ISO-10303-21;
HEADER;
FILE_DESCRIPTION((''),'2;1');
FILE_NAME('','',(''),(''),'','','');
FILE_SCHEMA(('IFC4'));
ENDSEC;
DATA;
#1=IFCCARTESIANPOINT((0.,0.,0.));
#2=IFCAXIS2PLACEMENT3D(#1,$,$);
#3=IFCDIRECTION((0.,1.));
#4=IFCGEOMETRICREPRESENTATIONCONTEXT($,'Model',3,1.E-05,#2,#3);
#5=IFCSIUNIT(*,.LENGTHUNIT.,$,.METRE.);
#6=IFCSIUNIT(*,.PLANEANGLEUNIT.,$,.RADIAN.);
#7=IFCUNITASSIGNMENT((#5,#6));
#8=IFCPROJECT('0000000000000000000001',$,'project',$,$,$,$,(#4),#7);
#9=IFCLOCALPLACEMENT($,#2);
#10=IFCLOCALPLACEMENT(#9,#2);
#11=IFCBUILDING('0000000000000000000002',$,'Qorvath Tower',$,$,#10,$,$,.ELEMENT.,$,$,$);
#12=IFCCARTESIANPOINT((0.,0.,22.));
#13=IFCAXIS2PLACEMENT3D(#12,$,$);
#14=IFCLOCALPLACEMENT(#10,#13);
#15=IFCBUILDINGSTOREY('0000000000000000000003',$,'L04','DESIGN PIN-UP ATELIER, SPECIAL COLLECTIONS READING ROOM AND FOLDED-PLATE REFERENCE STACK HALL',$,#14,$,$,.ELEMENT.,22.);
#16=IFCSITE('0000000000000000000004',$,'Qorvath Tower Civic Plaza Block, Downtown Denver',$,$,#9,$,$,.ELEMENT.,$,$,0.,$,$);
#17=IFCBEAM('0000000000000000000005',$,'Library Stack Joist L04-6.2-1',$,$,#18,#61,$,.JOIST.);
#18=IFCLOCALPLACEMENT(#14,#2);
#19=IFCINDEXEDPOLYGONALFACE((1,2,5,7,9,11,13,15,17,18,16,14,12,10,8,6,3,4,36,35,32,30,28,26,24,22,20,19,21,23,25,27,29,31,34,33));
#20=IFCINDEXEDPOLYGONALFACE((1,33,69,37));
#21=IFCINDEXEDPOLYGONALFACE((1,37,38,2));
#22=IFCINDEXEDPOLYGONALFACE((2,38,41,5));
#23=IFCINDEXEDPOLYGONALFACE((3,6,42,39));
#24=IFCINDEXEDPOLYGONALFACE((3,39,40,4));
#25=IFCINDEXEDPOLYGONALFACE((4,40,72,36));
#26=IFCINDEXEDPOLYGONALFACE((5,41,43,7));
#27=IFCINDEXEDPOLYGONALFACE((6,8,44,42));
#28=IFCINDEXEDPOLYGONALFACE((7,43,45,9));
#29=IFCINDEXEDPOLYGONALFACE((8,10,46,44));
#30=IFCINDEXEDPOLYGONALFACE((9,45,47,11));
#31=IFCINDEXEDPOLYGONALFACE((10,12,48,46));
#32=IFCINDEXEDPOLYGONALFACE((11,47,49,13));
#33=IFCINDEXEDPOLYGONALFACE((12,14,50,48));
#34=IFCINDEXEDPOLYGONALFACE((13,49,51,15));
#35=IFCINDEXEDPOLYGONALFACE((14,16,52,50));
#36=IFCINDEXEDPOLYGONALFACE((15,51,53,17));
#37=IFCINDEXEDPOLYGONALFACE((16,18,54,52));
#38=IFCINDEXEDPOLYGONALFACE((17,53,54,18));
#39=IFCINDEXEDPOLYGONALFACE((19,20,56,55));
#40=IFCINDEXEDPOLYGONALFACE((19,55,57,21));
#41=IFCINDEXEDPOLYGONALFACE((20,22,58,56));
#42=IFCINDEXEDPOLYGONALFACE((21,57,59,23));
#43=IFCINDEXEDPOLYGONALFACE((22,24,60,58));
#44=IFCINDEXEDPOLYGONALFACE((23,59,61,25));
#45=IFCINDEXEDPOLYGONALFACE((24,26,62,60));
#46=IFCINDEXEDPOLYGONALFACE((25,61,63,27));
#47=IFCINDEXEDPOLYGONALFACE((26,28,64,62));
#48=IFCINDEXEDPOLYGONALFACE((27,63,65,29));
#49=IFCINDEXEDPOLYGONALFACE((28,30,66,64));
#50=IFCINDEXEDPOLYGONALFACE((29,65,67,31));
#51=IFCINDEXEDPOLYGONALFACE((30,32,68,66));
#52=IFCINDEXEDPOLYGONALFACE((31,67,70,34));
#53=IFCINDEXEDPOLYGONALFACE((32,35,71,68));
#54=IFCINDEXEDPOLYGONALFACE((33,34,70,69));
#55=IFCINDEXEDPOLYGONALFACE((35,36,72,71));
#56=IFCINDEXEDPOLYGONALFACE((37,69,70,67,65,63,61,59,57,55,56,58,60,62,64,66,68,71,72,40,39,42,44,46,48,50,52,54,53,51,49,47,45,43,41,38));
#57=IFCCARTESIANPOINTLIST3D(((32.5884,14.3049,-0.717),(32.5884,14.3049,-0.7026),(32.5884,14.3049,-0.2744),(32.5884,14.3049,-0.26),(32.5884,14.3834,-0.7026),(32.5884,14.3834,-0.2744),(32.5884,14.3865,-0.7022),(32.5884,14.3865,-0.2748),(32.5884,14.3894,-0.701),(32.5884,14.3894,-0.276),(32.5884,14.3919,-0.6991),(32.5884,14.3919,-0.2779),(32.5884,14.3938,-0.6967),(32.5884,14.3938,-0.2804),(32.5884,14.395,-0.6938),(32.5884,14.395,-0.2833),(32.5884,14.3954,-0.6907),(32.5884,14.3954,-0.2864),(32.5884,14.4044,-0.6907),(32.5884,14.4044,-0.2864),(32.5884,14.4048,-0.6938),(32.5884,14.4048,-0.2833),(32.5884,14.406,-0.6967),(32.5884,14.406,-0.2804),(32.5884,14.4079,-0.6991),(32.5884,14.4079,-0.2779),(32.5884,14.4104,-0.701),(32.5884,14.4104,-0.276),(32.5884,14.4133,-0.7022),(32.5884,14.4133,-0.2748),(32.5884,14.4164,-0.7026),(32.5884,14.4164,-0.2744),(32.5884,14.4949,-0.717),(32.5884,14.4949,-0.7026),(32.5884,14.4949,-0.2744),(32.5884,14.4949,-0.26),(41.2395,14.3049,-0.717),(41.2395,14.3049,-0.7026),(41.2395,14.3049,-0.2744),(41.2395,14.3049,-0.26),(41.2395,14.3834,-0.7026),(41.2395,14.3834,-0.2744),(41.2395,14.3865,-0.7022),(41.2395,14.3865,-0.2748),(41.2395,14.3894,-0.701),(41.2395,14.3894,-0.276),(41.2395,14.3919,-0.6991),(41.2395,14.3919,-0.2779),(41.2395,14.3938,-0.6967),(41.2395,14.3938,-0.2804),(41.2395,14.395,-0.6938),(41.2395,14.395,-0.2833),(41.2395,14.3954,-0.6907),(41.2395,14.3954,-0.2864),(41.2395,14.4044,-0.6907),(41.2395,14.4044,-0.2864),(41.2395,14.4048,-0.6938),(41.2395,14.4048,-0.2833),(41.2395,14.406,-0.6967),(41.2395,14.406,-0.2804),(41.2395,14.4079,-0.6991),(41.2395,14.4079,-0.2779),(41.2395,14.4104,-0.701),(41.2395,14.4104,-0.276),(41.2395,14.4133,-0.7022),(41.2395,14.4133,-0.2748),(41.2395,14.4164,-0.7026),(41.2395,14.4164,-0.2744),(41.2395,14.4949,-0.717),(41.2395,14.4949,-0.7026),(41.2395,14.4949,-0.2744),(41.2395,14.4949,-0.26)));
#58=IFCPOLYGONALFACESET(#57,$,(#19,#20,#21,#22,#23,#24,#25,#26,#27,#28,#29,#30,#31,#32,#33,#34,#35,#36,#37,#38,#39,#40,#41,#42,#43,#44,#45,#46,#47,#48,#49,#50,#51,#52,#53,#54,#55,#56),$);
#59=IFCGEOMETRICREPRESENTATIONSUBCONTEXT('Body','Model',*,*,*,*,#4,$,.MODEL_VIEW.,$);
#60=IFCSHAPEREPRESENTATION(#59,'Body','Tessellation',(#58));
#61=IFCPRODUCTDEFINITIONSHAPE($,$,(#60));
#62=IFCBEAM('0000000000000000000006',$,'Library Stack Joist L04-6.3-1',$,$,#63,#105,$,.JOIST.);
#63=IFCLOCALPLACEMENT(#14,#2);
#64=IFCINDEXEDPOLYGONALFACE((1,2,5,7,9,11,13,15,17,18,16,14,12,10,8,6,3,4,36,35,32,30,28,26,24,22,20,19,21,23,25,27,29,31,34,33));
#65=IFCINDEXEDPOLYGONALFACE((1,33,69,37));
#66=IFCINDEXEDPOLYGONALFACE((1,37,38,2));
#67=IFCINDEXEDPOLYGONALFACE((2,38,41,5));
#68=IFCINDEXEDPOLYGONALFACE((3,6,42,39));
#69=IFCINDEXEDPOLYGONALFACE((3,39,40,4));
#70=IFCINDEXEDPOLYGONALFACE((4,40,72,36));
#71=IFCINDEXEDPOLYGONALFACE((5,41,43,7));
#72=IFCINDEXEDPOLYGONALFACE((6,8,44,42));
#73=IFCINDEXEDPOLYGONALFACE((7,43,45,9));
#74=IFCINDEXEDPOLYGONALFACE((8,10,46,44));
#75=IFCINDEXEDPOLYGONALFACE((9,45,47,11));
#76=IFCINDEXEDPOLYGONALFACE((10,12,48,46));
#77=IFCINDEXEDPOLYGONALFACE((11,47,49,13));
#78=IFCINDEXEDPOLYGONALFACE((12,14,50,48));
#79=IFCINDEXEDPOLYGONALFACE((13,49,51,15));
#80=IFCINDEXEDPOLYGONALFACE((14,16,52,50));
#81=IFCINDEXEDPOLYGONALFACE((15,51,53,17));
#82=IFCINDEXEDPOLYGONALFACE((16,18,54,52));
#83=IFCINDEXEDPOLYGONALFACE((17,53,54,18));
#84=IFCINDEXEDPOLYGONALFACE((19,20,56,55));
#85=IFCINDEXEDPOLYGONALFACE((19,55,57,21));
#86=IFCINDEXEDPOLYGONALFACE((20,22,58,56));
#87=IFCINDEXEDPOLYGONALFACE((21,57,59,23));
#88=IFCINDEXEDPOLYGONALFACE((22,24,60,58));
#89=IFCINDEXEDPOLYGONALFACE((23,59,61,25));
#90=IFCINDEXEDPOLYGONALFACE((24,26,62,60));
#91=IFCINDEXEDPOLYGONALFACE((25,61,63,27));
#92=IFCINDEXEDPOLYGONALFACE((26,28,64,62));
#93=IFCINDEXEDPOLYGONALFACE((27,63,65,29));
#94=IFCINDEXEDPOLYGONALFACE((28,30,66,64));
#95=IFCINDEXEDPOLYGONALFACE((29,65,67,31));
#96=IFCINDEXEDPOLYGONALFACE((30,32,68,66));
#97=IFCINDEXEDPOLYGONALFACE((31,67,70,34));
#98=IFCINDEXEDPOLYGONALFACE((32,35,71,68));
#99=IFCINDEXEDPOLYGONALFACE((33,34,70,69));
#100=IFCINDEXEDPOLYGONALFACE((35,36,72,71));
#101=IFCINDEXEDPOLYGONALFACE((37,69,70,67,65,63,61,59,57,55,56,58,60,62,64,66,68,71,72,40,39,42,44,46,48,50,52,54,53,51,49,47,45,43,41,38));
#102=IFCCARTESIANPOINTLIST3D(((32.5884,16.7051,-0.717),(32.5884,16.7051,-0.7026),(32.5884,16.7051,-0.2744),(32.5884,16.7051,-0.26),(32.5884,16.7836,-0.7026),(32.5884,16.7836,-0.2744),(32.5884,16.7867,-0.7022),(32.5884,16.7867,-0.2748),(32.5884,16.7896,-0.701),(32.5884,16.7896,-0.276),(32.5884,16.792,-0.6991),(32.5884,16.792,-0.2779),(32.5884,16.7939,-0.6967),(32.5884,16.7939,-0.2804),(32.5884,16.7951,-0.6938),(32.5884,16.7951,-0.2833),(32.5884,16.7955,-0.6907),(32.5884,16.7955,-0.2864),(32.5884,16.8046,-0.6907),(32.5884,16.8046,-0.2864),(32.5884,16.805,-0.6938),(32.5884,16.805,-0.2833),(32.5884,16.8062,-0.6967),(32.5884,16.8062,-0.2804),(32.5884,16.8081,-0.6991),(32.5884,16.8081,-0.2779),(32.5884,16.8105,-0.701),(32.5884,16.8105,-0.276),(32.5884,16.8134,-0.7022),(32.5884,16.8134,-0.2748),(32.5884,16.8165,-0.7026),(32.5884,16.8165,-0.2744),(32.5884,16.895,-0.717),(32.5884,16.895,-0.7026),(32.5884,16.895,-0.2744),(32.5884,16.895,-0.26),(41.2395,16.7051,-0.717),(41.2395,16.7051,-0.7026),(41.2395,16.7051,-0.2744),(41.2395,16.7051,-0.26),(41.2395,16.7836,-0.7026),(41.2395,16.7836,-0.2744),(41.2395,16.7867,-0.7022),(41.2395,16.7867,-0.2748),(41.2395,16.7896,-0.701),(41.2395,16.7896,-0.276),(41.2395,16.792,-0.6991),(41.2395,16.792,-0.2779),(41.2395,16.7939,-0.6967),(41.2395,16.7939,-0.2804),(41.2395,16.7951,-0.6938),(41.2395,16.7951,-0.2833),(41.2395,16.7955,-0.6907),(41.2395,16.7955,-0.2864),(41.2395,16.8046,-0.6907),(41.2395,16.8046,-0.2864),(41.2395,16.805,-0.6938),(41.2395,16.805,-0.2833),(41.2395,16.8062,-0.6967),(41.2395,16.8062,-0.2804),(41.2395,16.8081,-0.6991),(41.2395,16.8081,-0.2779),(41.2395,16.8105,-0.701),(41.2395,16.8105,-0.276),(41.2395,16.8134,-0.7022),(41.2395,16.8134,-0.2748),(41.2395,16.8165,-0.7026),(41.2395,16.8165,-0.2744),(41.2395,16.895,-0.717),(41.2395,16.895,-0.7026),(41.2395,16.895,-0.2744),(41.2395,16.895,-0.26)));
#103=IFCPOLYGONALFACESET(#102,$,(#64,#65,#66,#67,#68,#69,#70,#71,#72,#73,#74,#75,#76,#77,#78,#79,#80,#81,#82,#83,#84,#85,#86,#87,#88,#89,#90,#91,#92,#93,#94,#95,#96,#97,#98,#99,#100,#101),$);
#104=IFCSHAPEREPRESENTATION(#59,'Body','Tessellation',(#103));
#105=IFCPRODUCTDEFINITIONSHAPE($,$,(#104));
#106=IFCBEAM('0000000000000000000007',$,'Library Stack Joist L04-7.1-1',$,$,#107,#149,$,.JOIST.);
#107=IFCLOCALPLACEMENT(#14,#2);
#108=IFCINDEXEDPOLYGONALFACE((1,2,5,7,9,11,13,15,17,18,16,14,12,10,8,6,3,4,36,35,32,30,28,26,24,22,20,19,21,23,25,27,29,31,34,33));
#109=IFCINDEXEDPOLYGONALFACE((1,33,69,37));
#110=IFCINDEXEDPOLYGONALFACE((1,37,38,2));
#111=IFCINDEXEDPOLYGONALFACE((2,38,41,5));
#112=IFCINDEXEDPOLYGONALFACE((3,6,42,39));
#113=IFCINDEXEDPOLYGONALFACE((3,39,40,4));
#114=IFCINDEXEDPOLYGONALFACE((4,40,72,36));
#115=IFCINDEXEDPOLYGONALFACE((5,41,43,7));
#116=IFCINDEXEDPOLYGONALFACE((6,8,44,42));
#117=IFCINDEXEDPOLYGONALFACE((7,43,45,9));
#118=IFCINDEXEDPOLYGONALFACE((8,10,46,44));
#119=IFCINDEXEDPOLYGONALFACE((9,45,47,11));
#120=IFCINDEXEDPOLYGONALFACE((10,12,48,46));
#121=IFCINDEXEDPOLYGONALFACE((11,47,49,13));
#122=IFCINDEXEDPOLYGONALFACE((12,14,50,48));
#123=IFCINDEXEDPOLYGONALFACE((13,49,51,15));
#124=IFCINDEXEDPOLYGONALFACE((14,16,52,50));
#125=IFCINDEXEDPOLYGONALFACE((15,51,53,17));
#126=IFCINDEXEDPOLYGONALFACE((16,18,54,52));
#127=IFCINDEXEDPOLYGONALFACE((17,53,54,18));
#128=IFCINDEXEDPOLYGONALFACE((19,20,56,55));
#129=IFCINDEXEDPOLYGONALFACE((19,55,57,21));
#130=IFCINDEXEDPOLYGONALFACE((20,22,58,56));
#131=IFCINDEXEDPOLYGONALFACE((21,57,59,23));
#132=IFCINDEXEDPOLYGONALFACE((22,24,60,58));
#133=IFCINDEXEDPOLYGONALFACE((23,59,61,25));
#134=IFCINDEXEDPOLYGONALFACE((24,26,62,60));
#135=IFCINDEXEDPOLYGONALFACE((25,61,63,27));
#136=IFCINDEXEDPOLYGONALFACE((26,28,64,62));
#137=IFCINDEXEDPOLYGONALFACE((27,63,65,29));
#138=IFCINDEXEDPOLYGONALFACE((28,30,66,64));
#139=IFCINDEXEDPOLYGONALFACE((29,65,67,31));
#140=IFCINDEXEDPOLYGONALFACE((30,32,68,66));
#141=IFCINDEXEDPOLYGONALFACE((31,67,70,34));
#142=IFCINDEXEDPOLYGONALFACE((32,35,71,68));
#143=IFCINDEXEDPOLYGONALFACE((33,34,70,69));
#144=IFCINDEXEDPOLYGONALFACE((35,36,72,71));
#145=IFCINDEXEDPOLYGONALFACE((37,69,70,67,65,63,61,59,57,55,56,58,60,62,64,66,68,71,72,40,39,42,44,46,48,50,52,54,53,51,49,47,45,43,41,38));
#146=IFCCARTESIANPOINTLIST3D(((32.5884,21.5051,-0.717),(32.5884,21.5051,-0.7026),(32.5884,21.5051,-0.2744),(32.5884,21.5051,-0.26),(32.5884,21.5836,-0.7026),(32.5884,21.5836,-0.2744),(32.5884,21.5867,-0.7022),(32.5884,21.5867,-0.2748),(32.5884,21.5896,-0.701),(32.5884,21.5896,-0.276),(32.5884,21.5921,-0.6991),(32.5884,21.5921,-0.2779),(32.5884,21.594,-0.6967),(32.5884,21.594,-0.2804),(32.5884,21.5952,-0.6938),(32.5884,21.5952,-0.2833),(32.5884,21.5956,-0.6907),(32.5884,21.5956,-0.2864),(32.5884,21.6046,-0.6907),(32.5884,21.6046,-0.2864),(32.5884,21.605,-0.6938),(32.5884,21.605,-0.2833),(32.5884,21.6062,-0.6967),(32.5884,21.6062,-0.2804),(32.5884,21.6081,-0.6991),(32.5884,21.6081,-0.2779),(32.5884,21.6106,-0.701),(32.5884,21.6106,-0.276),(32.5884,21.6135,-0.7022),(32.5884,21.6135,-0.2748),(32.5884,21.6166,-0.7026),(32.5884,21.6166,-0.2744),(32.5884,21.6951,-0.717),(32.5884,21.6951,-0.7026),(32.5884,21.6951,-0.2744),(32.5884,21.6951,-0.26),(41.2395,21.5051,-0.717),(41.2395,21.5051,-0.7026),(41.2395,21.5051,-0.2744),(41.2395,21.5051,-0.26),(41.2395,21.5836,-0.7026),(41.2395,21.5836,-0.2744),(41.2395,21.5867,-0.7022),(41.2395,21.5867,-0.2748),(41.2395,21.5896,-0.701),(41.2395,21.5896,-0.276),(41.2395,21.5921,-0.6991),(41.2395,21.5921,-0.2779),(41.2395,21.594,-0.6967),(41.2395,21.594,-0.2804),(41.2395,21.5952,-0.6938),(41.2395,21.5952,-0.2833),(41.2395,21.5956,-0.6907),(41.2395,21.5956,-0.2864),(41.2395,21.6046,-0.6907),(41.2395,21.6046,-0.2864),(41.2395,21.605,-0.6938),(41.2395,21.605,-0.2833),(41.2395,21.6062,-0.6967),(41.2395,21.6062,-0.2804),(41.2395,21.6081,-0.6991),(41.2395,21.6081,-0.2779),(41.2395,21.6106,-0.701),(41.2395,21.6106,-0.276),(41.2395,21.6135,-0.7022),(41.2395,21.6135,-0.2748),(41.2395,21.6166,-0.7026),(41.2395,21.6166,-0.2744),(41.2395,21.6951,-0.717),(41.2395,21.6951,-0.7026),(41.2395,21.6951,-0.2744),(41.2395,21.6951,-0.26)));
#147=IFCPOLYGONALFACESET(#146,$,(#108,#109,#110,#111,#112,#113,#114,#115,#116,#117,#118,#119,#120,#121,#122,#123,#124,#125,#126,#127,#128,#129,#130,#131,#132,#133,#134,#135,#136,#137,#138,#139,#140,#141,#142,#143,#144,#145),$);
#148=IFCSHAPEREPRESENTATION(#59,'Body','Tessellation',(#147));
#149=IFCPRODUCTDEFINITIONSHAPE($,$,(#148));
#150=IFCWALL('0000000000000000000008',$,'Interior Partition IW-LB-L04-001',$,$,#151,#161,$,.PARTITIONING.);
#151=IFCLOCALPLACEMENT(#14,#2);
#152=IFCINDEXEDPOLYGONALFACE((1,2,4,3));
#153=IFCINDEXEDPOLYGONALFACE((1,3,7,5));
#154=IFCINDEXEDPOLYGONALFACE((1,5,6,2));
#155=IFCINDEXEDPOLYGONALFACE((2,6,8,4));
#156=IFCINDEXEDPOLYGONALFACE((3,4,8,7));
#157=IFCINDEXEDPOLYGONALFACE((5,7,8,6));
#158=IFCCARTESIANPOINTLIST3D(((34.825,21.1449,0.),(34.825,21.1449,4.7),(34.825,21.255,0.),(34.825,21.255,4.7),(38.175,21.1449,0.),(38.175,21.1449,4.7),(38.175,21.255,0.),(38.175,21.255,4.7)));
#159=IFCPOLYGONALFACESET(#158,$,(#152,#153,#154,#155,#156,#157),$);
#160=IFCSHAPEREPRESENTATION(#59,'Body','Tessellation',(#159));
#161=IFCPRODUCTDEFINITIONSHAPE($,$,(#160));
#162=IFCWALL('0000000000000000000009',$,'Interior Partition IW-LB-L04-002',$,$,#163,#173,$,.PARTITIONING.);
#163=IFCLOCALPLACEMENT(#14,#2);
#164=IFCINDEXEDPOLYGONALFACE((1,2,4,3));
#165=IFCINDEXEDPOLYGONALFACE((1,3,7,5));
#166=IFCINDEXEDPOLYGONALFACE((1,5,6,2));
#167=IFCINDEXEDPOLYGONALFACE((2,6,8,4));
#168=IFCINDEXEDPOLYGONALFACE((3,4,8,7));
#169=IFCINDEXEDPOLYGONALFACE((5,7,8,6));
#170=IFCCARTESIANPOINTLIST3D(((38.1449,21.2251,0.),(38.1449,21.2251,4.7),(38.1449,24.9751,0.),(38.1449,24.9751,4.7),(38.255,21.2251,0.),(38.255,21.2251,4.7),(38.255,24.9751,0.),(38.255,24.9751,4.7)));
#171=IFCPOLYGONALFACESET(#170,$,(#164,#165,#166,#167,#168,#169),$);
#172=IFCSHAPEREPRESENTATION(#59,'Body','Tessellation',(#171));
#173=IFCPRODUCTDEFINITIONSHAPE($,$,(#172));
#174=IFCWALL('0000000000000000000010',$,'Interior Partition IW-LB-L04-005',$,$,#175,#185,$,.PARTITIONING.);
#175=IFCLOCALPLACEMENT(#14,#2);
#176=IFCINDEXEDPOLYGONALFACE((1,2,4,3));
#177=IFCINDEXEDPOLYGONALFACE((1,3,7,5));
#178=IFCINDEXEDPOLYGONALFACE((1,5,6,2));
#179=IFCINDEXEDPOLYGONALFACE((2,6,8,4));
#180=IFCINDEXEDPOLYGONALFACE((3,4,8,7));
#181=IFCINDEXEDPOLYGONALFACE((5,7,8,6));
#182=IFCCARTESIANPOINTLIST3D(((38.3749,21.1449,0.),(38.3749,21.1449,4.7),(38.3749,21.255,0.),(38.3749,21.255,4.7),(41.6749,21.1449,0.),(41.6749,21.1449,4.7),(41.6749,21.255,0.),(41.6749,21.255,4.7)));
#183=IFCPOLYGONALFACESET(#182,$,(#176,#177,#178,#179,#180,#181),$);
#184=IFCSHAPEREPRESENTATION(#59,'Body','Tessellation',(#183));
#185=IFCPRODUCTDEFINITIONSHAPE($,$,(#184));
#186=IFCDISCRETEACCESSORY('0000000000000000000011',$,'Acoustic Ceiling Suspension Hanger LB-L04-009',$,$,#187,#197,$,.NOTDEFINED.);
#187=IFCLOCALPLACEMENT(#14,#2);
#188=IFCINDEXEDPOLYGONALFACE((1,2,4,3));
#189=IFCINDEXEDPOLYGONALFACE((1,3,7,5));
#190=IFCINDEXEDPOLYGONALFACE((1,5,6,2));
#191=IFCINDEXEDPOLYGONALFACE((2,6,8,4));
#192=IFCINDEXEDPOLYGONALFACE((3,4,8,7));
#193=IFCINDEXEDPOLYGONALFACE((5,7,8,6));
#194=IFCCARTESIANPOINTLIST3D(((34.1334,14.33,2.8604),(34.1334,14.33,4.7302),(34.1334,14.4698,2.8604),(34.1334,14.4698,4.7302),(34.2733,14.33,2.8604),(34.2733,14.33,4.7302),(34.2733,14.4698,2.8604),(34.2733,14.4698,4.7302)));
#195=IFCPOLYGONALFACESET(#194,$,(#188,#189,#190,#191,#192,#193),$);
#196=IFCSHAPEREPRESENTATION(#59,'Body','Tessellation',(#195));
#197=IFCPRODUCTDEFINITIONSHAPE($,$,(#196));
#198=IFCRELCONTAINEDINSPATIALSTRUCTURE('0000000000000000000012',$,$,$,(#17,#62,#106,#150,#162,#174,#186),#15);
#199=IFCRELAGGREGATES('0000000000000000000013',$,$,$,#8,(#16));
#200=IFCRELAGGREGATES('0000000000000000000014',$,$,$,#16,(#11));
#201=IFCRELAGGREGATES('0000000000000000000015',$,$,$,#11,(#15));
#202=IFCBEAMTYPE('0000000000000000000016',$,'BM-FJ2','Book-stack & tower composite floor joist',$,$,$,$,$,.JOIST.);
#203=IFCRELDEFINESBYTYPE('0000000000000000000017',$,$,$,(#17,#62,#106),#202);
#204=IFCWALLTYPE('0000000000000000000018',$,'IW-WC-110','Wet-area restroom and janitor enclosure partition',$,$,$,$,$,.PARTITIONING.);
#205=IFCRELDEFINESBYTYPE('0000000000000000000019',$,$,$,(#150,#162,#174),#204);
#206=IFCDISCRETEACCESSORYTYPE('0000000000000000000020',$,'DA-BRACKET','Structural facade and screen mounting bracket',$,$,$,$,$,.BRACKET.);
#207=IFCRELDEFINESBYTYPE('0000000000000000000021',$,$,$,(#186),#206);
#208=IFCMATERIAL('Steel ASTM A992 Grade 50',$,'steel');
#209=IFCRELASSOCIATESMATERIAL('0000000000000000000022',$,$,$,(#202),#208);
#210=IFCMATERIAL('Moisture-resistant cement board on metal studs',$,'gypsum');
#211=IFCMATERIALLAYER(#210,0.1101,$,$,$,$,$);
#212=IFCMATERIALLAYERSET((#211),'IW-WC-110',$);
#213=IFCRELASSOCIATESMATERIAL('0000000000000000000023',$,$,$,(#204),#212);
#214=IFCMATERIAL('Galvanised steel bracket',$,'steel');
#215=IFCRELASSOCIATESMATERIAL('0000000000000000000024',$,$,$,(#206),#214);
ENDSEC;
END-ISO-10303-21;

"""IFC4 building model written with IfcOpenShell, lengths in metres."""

from ifc_helpers import new_model, si_unit, direction, frame, frame_2d, origin, origin_2d, place, context, subcontext, project, spatial, rectangle, i_section, extrude, material, layer, layer_set, material_profile, profile_set, type_object, element, save


model = new_model("IFC4")

# Units and contexts
model_context = context("Model", 3, precision=1e-05, world=origin(), true_north=direction((0.0, 1.0)))
body_context = subcontext(model_context, "Body", "Model", "MODEL_VIEW")
ifc_project = project(units=[si_unit("LENGTHUNIT", "METRE"), si_unit("PLANEANGLEUNIT", "RADIAN")], contexts=[model_context])

# Site, building, storey
site_placement = place(None, origin())
site = spatial("IfcSite", under=ifc_project, at=site_placement, Name="Qorvath Tower Civic Plaza Block, Downtown Denver", CompositionType="ELEMENT", RefElevation=0.0)
building_placement = place(site_placement, origin())
building = spatial("IfcBuilding", under=site, at=building_placement, Name="Qorvath Tower", CompositionType="ELEMENT")
storey_placement = place(building_placement, frame((0.0, 0.0, 22.0)))
storey = spatial("IfcBuildingStorey", under=building, at=storey_placement, Name="L04", Description="DESIGN PIN-UP ATELIER, SPECIAL COLLECTIONS READING ROOM AND FOLDED-PLATE REFERENCE STACK HALL", CompositionType="ELEMENT", Elevation=22.0)

# Beams
ifc_material_1 = material(Name="Steel ASTM A992 Grade 50", Category="steel")
ifc_material_profile_1 = material_profile(ifc_material_1, i_section(OverallWidth=0.1899, OverallDepth=0.457, WebThickness=0.009, FlangeThickness=0.0144, FilletRadius=0.012, at=origin_2d()), Name="W18x50")
ifc_profile_set_1 = profile_set([ifc_material_profile_1], Name="Steel ASTM A992 Grade 50")
beam_type_1 = type_object("IfcBeamType", Name="BM-FJ2", Description="Book-stack & tower composite floor joist", PredefinedType="JOIST", material=ifc_profile_set_1)
for number, where, z_axis, x_axis, name in (
    (1, (32.5884, 14.3999, -0.4885), (1.0, 0.0, 0.0), (0.0, 1.0, 0.0), "Library Stack Joist L04-6.2-1"),
    (2, (32.5884, 16.8, -0.4885), (1.0, 0.0, 0.0), (0.0, 1.0, 0.0), "Library Stack Joist L04-6.3-1"),
    (3, (32.5884, 21.6001, -0.4885), (1.0, 0.0, 0.0), (0.0, 1.0, 0.0), "Library Stack Joist L04-7.1-1"),
):
    element("IfcBeam", number, at=place(storey_placement, frame(where, z_axis=z_axis, x_axis=x_axis)), inside=storey, type_object=beam_type_1, Name=name, PredefinedType="JOIST", context=body_context, shape_type="SweptSolid", body=[
        extrude(i_section(OverallWidth=0.1899, OverallDepth=0.457, WebThickness=0.009, FlangeThickness=0.0144, FilletRadius=0.012, at=origin_2d()), origin(), (0.0, 0.0, 1.0), 8.6511),
    ])

# Walls
ifc_material_2 = material(Name="Moisture-resistant cement board on metal studs", Category="gypsum")
ifc_layer = layer(ifc_material_2, 0.1101)
ifc_layer_set = layer_set([ifc_layer], Name="IW-WC-110")
wall_type = type_object("IfcWallType", Name="IW-WC-110", Description="Wet-area restroom and janitor enclosure partition", PredefinedType="PARTITIONING", material=ifc_layer_set)
wall_1_placement = place(storey_placement, frame((34.825, 21.2, 0.0), z_axis=(0.0, 0.0, 1.0), x_axis=(1.0, 0.0, 0.0)))
element("IfcWall", 4, at=wall_1_placement, inside=storey, type_object=wall_type, Name="Interior Partition IW-LB-L04-001", PredefinedType="PARTITIONING", context=body_context, shape_type="SweptSolid", body=[
    extrude(rectangle(XDim=3.3501, YDim=0.1101, at=frame_2d((1.675, 0.0))), origin(), (0.0, 0.0, 1.0), 4.7),
])
wall_2_placement = place(storey_placement, frame((38.2, 21.2251, 0.0), z_axis=(0.0, 0.0, 1.0), x_axis=(0.0, 1.0, 0.0)))
element("IfcWall", 5, at=wall_2_placement, inside=storey, type_object=wall_type, Name="Interior Partition IW-LB-L04-002", PredefinedType="PARTITIONING", context=body_context, shape_type="SweptSolid", body=[
    extrude(rectangle(XDim=3.75, YDim=0.1101, at=frame_2d((1.875, 0.0))), origin(), (0.0, 0.0, 1.0), 4.7),
])
wall_3_placement = place(storey_placement, frame((38.375, 21.2, 0.0), z_axis=(0.0, 0.0, 1.0), x_axis=(1.0, 0.0, 0.0)))
element("IfcWall", 6, at=wall_3_placement, inside=storey, type_object=wall_type, Name="Interior Partition IW-LB-L04-005", PredefinedType="PARTITIONING", context=body_context, shape_type="SweptSolid", body=[
    extrude(rectangle(XDim=3.3, YDim=0.1101, at=frame_2d((1.6499, 0.0))), origin(), (0.0, 0.0, 1.0), 4.7),
])

# Discrete accessory
ifc_material_3 = material(Name="Galvanised steel bracket", Category="steel")
discrete_accessory_type = type_object("IfcDiscreteAccessoryType", Name="DA-BRACKET", Description="Structural facade and screen mounting bracket", PredefinedType="BRACKET", material=ifc_material_3)
discrete_accessory_placement = place(storey_placement, frame((34.2034, 14.3999, 2.8604), z_axis=(0.0, 0.0, 1.0), x_axis=(1.0, 0.0, 0.0)))
element("IfcDiscreteAccessory", 7, at=discrete_accessory_placement, inside=storey, type_object=discrete_accessory_type, Name="Acoustic Ceiling Suspension Hanger LB-L04-009", PredefinedType="NOTDEFINED", context=body_context, shape_type="SweptSolid", body=[
    extrude(rectangle(XDim=0.1399, YDim=0.1399, at=origin_2d()), origin(), (0.0, 0.0, 1.0), 1.8699),
])

save(model, "model.ifc")
